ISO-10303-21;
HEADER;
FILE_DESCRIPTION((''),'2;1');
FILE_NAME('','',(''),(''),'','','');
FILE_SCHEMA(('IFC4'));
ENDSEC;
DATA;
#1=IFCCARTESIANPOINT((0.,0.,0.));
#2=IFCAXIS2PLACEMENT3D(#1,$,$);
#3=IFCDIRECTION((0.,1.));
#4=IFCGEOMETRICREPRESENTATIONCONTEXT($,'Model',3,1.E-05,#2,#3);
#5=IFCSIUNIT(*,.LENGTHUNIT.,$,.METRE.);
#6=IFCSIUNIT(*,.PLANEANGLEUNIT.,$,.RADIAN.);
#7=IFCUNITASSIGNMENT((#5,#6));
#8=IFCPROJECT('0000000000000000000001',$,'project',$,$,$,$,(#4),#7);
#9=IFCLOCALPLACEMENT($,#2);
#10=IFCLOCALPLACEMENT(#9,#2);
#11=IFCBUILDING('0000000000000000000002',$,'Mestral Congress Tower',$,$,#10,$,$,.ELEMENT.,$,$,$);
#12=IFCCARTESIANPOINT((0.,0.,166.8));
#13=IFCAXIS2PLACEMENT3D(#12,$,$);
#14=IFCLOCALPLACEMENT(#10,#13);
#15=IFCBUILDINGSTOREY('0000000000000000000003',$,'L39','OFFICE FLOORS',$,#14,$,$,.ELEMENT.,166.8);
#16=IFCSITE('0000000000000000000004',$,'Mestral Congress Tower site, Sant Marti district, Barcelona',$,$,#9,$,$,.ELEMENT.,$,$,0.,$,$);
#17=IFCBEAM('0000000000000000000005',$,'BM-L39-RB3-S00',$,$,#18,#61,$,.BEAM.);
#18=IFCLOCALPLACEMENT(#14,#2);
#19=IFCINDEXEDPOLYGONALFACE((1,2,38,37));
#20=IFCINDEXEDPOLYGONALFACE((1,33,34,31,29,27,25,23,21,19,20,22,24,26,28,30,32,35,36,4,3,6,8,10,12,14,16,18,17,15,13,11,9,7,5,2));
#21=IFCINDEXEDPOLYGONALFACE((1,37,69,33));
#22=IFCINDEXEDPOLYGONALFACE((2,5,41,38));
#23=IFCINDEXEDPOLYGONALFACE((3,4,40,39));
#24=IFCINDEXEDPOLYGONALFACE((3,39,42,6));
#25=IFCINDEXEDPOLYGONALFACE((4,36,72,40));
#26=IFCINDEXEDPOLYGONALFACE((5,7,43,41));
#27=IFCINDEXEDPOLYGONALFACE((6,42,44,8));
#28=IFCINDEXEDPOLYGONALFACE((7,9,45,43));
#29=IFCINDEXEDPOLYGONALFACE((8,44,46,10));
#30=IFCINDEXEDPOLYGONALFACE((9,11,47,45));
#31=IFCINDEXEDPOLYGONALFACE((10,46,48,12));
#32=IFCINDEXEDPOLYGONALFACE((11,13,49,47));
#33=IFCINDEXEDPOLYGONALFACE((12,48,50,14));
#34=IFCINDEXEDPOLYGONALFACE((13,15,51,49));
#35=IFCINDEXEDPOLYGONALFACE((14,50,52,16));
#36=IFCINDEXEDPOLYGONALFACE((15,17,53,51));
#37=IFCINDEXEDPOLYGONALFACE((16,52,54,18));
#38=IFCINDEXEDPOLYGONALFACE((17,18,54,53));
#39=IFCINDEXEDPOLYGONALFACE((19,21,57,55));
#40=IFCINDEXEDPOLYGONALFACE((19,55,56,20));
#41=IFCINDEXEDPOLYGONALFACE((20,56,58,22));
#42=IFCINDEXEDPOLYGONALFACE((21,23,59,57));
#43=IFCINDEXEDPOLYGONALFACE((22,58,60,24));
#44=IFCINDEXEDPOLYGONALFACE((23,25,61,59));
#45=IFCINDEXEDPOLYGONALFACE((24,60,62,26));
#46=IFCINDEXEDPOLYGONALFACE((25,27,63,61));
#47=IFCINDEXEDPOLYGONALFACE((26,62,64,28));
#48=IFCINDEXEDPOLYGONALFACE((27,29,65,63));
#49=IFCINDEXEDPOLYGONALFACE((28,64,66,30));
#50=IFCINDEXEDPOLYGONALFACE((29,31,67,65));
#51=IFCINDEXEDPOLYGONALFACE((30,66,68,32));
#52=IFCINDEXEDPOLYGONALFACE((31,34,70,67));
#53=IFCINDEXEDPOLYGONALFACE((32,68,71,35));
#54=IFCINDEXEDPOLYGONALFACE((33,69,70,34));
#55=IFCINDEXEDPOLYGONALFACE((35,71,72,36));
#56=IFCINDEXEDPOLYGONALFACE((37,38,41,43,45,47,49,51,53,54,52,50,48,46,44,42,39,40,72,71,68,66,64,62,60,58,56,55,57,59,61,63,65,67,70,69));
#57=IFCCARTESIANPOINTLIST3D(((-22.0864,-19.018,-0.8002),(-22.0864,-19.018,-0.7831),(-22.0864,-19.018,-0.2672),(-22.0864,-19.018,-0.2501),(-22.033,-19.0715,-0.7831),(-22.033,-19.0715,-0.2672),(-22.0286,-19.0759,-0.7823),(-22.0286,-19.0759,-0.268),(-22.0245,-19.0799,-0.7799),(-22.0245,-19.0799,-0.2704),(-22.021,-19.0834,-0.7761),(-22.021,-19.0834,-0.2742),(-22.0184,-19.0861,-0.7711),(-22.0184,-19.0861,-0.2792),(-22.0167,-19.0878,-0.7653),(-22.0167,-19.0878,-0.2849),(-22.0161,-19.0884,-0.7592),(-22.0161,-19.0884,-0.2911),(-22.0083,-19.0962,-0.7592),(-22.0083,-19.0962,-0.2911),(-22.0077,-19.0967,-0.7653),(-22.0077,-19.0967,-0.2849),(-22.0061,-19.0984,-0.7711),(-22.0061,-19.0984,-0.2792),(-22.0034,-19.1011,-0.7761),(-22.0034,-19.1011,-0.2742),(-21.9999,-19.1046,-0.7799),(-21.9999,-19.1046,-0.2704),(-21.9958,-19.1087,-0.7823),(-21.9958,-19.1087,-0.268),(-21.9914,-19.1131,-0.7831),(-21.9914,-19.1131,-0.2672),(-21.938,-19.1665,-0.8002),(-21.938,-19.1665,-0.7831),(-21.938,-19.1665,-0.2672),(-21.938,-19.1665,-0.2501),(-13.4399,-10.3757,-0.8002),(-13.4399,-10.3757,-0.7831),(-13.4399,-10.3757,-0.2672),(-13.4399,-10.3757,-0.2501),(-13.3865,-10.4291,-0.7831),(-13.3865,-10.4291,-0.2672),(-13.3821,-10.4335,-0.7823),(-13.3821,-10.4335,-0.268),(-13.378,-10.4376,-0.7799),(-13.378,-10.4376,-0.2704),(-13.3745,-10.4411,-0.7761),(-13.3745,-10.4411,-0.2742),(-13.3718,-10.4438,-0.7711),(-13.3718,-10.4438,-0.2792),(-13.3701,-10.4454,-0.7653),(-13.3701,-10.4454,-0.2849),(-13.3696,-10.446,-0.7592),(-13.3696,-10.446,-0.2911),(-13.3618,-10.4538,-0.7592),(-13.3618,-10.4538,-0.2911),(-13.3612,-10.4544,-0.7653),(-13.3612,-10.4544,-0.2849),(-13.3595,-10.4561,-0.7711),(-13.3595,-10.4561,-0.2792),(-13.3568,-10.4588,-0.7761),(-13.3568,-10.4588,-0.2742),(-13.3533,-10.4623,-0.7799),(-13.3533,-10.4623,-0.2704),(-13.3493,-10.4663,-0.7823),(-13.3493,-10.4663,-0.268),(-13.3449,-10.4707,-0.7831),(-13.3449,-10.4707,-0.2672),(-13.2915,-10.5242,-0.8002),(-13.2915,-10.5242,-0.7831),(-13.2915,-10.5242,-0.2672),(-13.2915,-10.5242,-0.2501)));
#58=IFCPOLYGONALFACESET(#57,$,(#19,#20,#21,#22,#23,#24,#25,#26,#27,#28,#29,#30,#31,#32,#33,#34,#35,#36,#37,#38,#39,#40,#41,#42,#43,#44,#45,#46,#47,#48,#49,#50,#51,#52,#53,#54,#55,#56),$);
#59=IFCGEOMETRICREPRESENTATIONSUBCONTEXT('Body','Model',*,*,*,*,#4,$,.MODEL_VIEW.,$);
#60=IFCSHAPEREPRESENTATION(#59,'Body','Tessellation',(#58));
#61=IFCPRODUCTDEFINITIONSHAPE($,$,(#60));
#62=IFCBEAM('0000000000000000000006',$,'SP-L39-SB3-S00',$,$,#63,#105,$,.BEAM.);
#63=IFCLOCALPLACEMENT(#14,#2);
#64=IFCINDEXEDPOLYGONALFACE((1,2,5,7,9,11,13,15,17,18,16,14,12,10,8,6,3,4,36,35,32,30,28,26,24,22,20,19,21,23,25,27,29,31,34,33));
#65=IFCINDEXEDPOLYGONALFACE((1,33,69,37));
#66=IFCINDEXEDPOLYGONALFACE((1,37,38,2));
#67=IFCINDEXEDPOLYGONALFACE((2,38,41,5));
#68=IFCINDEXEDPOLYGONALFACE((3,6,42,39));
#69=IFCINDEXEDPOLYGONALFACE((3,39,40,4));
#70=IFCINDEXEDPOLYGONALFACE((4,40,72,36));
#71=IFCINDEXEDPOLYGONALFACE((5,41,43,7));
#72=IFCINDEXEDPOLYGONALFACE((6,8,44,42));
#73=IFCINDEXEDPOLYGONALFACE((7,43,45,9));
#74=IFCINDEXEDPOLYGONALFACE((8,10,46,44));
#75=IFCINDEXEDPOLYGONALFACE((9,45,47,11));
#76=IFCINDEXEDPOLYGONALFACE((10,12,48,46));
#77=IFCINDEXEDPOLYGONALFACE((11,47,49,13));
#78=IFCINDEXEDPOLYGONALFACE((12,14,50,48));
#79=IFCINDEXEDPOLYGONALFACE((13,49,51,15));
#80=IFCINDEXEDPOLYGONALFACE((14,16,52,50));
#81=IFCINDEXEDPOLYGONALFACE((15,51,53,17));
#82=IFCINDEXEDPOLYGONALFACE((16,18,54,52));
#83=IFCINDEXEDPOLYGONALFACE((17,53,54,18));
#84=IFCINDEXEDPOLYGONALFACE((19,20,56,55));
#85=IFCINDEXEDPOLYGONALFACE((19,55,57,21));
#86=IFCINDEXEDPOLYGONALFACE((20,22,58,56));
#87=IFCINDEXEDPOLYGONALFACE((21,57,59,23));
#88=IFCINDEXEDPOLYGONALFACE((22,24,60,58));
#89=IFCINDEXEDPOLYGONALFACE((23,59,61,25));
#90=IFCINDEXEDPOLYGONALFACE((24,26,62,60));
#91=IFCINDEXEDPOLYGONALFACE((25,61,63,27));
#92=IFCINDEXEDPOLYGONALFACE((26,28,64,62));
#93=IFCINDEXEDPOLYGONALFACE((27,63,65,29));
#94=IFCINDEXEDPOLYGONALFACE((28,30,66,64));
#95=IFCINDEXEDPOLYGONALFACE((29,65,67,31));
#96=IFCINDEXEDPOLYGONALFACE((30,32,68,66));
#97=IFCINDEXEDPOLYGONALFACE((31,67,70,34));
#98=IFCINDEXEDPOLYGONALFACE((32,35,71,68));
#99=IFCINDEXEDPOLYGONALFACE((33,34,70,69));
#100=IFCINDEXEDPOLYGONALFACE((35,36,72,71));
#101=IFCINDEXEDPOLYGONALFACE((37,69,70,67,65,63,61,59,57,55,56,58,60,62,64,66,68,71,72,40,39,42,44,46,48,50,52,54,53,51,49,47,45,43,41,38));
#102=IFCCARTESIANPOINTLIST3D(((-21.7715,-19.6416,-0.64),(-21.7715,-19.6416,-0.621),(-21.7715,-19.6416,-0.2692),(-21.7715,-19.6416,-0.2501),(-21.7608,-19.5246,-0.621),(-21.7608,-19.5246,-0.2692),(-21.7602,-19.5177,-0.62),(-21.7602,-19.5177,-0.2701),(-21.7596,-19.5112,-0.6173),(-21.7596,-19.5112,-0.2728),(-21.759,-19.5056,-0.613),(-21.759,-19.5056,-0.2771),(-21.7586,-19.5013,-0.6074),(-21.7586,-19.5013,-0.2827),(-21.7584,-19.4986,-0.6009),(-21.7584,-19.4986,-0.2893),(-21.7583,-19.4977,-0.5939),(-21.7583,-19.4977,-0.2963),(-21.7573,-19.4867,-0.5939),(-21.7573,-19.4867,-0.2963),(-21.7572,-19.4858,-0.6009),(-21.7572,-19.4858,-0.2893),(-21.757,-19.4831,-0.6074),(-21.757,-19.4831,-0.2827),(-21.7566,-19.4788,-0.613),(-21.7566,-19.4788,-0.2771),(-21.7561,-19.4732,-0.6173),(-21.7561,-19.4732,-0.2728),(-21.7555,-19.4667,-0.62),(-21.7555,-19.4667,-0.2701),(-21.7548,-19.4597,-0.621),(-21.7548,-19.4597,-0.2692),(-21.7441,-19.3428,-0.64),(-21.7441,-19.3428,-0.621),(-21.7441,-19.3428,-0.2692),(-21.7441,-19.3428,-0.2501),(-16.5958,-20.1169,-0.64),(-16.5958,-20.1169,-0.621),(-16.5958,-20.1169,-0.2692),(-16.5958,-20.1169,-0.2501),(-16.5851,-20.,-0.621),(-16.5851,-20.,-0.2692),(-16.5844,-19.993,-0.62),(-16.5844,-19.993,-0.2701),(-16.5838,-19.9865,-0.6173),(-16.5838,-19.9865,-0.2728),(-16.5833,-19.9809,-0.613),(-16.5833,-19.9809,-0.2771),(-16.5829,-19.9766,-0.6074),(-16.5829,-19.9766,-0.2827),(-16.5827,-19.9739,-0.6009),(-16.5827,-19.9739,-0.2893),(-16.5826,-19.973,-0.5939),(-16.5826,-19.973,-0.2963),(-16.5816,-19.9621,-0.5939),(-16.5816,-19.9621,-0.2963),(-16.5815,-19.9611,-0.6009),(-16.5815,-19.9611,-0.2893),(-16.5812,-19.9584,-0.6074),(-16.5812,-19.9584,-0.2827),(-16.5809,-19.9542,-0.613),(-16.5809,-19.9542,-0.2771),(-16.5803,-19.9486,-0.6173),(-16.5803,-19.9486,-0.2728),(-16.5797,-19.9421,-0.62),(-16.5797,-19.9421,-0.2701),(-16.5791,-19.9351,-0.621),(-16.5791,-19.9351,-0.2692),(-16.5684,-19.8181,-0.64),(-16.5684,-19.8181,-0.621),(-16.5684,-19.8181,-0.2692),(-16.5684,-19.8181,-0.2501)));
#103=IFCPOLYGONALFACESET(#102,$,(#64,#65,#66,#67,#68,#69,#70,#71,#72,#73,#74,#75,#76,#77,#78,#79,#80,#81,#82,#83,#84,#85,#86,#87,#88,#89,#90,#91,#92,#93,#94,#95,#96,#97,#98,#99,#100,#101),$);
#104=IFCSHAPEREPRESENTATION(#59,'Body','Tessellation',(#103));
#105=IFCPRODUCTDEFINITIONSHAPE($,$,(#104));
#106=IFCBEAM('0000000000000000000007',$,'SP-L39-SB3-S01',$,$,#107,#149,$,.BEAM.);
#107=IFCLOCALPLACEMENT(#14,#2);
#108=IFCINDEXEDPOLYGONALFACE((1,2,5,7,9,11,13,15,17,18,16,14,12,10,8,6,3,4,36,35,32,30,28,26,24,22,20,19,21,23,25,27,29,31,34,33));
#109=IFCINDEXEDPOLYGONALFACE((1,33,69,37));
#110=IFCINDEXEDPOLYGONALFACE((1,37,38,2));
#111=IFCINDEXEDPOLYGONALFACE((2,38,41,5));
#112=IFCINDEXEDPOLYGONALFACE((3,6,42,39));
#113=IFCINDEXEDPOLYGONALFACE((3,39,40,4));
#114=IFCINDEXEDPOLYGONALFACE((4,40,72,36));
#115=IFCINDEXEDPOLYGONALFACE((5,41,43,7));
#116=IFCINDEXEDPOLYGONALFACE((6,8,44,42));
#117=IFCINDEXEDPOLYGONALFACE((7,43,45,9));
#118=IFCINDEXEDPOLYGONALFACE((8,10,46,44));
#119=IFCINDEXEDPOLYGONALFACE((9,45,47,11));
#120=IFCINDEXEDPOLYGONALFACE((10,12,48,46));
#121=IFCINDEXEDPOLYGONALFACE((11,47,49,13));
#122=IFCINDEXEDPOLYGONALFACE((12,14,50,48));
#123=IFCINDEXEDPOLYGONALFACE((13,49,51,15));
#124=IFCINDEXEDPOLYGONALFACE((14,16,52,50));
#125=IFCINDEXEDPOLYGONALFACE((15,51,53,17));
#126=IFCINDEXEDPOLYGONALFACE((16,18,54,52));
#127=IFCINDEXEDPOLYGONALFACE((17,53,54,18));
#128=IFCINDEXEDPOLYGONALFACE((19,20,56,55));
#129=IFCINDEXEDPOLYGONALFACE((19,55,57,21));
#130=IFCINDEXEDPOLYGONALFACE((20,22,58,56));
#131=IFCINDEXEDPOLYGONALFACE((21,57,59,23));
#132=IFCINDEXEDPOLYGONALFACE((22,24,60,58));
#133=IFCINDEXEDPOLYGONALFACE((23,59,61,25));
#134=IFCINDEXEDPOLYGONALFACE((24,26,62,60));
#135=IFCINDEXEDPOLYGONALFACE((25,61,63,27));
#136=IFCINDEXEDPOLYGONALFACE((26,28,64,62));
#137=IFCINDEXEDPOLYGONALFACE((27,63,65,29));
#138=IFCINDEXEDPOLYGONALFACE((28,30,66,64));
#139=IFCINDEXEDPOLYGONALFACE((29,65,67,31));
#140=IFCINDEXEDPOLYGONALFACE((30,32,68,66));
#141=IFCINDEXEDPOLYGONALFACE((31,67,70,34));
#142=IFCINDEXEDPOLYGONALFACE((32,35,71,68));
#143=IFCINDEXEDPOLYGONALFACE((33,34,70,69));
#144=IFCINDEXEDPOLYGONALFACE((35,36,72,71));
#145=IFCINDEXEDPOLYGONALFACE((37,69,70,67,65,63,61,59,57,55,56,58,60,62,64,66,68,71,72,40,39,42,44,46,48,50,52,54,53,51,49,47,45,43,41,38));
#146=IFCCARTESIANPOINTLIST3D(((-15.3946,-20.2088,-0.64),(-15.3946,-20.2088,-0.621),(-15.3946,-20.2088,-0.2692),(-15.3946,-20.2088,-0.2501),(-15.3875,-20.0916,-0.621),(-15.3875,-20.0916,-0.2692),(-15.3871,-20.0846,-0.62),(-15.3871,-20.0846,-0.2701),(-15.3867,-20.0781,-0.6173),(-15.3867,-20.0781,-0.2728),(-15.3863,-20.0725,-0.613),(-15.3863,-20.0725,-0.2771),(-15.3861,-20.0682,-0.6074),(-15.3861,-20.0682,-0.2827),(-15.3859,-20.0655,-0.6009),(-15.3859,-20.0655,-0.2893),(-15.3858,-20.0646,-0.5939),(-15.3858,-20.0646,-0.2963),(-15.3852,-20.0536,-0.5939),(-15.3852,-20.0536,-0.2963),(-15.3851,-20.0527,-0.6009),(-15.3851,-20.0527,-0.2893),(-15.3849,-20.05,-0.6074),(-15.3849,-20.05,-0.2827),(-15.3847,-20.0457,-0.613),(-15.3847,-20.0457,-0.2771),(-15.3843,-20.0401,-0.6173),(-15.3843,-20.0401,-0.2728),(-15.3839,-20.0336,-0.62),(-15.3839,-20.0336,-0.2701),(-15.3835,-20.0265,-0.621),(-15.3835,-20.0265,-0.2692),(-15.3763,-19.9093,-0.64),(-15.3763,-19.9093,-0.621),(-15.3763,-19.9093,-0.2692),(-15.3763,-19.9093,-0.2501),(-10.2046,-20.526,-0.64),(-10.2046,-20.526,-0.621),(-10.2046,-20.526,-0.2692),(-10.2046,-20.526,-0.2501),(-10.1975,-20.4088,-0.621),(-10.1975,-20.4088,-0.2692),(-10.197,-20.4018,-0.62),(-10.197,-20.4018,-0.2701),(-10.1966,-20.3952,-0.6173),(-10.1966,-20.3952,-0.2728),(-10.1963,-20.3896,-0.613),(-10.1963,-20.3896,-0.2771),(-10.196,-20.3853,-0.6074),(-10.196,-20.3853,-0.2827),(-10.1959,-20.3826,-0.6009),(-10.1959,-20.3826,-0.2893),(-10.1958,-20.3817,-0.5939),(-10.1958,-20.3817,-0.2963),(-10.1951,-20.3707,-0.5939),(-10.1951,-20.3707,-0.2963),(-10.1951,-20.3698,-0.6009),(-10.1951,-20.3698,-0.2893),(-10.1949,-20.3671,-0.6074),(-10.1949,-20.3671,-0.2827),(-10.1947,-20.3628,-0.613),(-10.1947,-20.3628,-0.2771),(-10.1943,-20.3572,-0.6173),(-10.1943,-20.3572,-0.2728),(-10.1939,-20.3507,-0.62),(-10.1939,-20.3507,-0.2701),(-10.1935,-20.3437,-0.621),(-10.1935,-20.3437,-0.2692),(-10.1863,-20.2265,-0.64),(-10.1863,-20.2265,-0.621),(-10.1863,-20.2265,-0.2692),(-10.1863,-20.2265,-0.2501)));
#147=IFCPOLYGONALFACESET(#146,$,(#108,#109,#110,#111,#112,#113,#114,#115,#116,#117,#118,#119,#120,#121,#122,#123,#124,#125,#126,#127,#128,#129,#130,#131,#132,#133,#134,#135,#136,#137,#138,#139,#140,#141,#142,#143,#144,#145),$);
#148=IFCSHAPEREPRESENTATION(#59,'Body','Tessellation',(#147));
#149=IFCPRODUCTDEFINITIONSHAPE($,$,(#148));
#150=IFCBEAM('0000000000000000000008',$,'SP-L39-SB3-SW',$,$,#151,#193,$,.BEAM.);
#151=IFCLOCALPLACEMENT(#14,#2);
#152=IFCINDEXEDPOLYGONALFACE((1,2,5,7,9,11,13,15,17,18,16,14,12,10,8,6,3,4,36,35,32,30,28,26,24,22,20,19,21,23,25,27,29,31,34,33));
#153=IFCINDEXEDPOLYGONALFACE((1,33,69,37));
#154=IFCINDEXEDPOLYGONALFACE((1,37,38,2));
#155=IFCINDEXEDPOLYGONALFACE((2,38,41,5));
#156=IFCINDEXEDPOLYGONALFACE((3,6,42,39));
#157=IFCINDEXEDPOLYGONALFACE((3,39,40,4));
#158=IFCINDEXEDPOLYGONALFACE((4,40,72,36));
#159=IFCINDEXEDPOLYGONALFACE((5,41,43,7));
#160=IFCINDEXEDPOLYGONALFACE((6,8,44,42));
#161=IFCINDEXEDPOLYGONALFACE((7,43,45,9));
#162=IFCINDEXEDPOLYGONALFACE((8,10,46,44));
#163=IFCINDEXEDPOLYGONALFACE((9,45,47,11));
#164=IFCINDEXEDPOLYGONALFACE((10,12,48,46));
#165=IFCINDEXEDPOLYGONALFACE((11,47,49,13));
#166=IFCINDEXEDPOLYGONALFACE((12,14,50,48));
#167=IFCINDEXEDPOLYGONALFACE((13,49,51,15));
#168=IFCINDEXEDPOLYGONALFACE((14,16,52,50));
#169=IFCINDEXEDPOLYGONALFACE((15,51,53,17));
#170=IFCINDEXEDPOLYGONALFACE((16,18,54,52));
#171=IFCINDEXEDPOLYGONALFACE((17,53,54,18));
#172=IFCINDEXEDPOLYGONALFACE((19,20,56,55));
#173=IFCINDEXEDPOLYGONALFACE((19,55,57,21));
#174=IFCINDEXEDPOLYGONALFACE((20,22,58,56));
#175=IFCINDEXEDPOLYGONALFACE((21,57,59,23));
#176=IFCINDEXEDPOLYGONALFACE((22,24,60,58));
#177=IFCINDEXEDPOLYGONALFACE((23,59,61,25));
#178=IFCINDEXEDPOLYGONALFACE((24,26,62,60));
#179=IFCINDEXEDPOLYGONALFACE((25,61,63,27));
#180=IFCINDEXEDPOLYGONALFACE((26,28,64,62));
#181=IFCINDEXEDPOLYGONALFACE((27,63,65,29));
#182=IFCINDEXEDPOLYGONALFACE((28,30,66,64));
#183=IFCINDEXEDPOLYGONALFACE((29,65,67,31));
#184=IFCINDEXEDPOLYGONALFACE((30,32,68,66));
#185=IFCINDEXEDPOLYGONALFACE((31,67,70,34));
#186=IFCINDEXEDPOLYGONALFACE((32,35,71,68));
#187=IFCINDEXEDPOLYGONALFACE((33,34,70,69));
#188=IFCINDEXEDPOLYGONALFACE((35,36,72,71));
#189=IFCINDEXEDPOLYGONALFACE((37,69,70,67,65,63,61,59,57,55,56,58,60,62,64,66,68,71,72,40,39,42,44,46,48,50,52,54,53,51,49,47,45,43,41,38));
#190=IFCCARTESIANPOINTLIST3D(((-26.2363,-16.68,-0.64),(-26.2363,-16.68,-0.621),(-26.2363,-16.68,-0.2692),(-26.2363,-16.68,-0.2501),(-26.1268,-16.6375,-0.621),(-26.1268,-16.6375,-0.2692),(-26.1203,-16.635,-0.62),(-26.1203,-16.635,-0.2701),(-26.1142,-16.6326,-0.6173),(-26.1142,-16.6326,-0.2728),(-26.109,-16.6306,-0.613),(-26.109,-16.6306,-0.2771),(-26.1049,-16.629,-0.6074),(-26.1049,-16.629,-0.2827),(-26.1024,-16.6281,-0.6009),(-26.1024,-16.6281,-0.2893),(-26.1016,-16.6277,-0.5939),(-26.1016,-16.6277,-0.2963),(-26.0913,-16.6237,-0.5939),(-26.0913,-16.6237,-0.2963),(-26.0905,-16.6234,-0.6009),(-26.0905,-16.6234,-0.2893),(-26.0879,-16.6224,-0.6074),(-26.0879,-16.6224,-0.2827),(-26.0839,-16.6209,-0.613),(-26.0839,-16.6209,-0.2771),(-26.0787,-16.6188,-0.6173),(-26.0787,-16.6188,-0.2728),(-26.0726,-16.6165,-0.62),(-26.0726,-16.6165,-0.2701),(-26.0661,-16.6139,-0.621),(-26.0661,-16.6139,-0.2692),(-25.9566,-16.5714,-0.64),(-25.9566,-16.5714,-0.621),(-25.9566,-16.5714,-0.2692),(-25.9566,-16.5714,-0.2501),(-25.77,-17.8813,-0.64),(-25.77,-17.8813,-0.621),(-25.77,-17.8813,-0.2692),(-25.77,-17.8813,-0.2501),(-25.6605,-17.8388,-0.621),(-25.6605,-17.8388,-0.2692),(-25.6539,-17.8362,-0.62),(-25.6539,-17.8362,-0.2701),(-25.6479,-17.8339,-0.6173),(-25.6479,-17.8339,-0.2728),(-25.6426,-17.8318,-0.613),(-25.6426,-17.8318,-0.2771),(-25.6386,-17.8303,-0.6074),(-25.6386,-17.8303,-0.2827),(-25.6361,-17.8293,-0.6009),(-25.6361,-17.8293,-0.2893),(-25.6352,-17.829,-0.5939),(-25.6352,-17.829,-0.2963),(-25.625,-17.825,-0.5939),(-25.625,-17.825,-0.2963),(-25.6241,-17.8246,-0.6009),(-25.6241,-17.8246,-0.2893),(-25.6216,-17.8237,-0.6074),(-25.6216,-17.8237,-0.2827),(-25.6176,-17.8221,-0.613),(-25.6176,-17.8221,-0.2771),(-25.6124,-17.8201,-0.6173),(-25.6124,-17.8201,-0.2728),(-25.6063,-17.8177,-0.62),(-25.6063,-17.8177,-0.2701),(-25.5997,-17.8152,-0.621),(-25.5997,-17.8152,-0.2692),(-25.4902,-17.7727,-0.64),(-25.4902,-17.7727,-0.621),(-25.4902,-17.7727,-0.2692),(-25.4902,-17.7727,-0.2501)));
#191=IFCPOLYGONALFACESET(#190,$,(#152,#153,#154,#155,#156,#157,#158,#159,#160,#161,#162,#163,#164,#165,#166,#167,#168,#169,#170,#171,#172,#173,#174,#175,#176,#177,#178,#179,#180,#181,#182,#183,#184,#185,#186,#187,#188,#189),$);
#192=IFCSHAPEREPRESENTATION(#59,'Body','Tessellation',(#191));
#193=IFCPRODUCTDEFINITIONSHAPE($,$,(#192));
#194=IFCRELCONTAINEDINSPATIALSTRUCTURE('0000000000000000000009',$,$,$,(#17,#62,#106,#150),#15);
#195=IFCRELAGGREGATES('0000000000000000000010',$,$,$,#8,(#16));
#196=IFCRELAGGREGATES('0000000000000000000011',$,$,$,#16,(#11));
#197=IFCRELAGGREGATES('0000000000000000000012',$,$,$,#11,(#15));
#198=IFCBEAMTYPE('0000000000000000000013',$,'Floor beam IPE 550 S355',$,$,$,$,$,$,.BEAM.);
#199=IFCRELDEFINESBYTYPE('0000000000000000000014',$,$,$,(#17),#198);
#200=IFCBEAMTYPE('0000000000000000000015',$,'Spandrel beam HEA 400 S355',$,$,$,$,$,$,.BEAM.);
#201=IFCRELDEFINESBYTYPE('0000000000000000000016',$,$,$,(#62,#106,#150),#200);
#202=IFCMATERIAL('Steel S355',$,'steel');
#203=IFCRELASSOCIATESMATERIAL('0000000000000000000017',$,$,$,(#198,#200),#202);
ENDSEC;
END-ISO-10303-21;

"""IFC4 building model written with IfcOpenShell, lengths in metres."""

from ifc_helpers import new_model, si_unit, direction, frame, origin, origin_2d, place, context, subcontext, project, spatial, i_section, extrude, material, material_profile, profile_set, type_object, element, save


model = new_model("IFC4")

# Units and contexts
model_context = context("Model", 3, precision=1e-05, world=origin(), true_north=direction((0.0, 1.0)))
body_context = subcontext(model_context, "Body", "Model", "MODEL_VIEW")
ifc_project = project(units=[si_unit("LENGTHUNIT", "METRE"), si_unit("PLANEANGLEUNIT", "RADIAN")], contexts=[model_context])

# Site, building, storey
site_placement = place(None, origin())
site = spatial("IfcSite", under=ifc_project, at=site_placement, Name="Mestral Congress Tower site, Sant Marti district, Barcelona", CompositionType="ELEMENT", RefElevation=0.0)
building_placement = place(site_placement, origin())
building = spatial("IfcBuilding", under=site, at=building_placement, Name="Mestral Congress Tower", CompositionType="ELEMENT")
storey_placement = place(building_placement, frame((0.0, 0.0, 166.8)))
storey = spatial("IfcBuildingStorey", under=building, at=storey_placement, Name="L39", Description="OFFICE FLOORS", CompositionType="ELEMENT", Elevation=166.8)

# Beams
ifc_material_1 = material(Name="Steel S355", Category="steel")
ifc_material_profile_1 = material_profile(ifc_material_1, i_section(OverallWidth=0.21, OverallDepth=0.55, WebThickness=0.011, FlangeThickness=0.0171, FilletRadius=0.0239, at=origin_2d()), Name="IPE 550")
ifc_profile_set_1 = profile_set([ifc_material_profile_1], Name="Steel S355")
beam_type_1 = type_object("IfcBeamType", Name="Floor beam IPE 550 S355", PredefinedType="BEAM", material=ifc_profile_set_1)
beam_1_placement = place(storey_placement, frame((-22.0122, -19.0923, -0.5251), z_axis=(0.707277, 0.706937, 0.0), x_axis=(-0.706937, 0.707277, 0.0)))
element("IfcBeam", 1, at=beam_1_placement, inside=storey, type_object=beam_type_1, Name="BM-L39-RB3-S00", PredefinedType="BEAM", context=body_context, shape_type="SweptSolid", body=[
    extrude(i_section(OverallWidth=0.21, OverallDepth=0.55, WebThickness=0.011, FlangeThickness=0.0171, FilletRadius=0.0239, at=origin_2d()), origin(), (0.0, 0.0, 1.0), 12.2251),
])
ifc_material_profile_2 = material_profile(ifc_material_1, i_section(OverallWidth=0.3, OverallDepth=0.3899, WebThickness=0.011, FlangeThickness=0.019, FilletRadius=0.0271, at=origin_2d()), Name="HEA 400")
ifc_profile_set_2 = profile_set([ifc_material_profile_2], Name="Steel S355")
beam_type_2 = type_object("IfcBeamType", Name="Spandrel beam HEA 400 S355", PredefinedType="BEAM", material=ifc_profile_set_2)
beam_2_placement = place(storey_placement, frame((-21.7578, -19.4922, -0.4451), z_axis=(0.995809, -0.091455, 0.0), x_axis=(0.091455, 0.995809, 0.0)))
element("IfcBeam", 2, at=beam_2_placement, inside=storey, type_object=beam_type_2, Name="SP-L39-SB3-S00", PredefinedType="BEAM", context=body_context, shape_type="SweptSolid", body=[
    extrude(i_section(OverallWidth=0.3, OverallDepth=0.3899, WebThickness=0.011, FlangeThickness=0.019, FilletRadius=0.0271, at=origin_2d()), origin(), (0.0, 0.0, 1.0), 5.1975),
])
beam_3_placement = place(storey_placement, frame((-15.3855, -20.0591, -0.4451), z_axis=(0.998138, -0.060993, 0.0), x_axis=(0.060993, 0.998138, 0.0)))
element("IfcBeam", 3, at=beam_3_placement, inside=storey, type_object=beam_type_2, Name="SP-L39-SB3-S01", PredefinedType="BEAM", context=body_context, shape_type="SweptSolid", body=[
    extrude(i_section(OverallWidth=0.3, OverallDepth=0.3899, WebThickness=0.011, FlangeThickness=0.019, FilletRadius=0.0271, at=origin_2d()), origin(), (0.0, 0.0, 1.0), 5.1997),
])
beam_4_placement = place(storey_placement, frame((-26.0964, -16.6257, -0.4451), z_axis=(0.361898, -0.932218, 0.0), x_axis=(0.932218, 0.361898, 0.0)))
element("IfcBeam", 4, at=beam_4_placement, inside=storey, type_object=beam_type_2, Name="SP-L39-SB3-SW", PredefinedType="BEAM", context=body_context, shape_type="SweptSolid", body=[
    extrude(i_section(OverallWidth=0.3, OverallDepth=0.3899, WebThickness=0.011, FlangeThickness=0.019, FilletRadius=0.0271, at=origin_2d()), origin(), (0.0, 0.0, 1.0), 1.2886),
])

save(model, "model.ifc")
